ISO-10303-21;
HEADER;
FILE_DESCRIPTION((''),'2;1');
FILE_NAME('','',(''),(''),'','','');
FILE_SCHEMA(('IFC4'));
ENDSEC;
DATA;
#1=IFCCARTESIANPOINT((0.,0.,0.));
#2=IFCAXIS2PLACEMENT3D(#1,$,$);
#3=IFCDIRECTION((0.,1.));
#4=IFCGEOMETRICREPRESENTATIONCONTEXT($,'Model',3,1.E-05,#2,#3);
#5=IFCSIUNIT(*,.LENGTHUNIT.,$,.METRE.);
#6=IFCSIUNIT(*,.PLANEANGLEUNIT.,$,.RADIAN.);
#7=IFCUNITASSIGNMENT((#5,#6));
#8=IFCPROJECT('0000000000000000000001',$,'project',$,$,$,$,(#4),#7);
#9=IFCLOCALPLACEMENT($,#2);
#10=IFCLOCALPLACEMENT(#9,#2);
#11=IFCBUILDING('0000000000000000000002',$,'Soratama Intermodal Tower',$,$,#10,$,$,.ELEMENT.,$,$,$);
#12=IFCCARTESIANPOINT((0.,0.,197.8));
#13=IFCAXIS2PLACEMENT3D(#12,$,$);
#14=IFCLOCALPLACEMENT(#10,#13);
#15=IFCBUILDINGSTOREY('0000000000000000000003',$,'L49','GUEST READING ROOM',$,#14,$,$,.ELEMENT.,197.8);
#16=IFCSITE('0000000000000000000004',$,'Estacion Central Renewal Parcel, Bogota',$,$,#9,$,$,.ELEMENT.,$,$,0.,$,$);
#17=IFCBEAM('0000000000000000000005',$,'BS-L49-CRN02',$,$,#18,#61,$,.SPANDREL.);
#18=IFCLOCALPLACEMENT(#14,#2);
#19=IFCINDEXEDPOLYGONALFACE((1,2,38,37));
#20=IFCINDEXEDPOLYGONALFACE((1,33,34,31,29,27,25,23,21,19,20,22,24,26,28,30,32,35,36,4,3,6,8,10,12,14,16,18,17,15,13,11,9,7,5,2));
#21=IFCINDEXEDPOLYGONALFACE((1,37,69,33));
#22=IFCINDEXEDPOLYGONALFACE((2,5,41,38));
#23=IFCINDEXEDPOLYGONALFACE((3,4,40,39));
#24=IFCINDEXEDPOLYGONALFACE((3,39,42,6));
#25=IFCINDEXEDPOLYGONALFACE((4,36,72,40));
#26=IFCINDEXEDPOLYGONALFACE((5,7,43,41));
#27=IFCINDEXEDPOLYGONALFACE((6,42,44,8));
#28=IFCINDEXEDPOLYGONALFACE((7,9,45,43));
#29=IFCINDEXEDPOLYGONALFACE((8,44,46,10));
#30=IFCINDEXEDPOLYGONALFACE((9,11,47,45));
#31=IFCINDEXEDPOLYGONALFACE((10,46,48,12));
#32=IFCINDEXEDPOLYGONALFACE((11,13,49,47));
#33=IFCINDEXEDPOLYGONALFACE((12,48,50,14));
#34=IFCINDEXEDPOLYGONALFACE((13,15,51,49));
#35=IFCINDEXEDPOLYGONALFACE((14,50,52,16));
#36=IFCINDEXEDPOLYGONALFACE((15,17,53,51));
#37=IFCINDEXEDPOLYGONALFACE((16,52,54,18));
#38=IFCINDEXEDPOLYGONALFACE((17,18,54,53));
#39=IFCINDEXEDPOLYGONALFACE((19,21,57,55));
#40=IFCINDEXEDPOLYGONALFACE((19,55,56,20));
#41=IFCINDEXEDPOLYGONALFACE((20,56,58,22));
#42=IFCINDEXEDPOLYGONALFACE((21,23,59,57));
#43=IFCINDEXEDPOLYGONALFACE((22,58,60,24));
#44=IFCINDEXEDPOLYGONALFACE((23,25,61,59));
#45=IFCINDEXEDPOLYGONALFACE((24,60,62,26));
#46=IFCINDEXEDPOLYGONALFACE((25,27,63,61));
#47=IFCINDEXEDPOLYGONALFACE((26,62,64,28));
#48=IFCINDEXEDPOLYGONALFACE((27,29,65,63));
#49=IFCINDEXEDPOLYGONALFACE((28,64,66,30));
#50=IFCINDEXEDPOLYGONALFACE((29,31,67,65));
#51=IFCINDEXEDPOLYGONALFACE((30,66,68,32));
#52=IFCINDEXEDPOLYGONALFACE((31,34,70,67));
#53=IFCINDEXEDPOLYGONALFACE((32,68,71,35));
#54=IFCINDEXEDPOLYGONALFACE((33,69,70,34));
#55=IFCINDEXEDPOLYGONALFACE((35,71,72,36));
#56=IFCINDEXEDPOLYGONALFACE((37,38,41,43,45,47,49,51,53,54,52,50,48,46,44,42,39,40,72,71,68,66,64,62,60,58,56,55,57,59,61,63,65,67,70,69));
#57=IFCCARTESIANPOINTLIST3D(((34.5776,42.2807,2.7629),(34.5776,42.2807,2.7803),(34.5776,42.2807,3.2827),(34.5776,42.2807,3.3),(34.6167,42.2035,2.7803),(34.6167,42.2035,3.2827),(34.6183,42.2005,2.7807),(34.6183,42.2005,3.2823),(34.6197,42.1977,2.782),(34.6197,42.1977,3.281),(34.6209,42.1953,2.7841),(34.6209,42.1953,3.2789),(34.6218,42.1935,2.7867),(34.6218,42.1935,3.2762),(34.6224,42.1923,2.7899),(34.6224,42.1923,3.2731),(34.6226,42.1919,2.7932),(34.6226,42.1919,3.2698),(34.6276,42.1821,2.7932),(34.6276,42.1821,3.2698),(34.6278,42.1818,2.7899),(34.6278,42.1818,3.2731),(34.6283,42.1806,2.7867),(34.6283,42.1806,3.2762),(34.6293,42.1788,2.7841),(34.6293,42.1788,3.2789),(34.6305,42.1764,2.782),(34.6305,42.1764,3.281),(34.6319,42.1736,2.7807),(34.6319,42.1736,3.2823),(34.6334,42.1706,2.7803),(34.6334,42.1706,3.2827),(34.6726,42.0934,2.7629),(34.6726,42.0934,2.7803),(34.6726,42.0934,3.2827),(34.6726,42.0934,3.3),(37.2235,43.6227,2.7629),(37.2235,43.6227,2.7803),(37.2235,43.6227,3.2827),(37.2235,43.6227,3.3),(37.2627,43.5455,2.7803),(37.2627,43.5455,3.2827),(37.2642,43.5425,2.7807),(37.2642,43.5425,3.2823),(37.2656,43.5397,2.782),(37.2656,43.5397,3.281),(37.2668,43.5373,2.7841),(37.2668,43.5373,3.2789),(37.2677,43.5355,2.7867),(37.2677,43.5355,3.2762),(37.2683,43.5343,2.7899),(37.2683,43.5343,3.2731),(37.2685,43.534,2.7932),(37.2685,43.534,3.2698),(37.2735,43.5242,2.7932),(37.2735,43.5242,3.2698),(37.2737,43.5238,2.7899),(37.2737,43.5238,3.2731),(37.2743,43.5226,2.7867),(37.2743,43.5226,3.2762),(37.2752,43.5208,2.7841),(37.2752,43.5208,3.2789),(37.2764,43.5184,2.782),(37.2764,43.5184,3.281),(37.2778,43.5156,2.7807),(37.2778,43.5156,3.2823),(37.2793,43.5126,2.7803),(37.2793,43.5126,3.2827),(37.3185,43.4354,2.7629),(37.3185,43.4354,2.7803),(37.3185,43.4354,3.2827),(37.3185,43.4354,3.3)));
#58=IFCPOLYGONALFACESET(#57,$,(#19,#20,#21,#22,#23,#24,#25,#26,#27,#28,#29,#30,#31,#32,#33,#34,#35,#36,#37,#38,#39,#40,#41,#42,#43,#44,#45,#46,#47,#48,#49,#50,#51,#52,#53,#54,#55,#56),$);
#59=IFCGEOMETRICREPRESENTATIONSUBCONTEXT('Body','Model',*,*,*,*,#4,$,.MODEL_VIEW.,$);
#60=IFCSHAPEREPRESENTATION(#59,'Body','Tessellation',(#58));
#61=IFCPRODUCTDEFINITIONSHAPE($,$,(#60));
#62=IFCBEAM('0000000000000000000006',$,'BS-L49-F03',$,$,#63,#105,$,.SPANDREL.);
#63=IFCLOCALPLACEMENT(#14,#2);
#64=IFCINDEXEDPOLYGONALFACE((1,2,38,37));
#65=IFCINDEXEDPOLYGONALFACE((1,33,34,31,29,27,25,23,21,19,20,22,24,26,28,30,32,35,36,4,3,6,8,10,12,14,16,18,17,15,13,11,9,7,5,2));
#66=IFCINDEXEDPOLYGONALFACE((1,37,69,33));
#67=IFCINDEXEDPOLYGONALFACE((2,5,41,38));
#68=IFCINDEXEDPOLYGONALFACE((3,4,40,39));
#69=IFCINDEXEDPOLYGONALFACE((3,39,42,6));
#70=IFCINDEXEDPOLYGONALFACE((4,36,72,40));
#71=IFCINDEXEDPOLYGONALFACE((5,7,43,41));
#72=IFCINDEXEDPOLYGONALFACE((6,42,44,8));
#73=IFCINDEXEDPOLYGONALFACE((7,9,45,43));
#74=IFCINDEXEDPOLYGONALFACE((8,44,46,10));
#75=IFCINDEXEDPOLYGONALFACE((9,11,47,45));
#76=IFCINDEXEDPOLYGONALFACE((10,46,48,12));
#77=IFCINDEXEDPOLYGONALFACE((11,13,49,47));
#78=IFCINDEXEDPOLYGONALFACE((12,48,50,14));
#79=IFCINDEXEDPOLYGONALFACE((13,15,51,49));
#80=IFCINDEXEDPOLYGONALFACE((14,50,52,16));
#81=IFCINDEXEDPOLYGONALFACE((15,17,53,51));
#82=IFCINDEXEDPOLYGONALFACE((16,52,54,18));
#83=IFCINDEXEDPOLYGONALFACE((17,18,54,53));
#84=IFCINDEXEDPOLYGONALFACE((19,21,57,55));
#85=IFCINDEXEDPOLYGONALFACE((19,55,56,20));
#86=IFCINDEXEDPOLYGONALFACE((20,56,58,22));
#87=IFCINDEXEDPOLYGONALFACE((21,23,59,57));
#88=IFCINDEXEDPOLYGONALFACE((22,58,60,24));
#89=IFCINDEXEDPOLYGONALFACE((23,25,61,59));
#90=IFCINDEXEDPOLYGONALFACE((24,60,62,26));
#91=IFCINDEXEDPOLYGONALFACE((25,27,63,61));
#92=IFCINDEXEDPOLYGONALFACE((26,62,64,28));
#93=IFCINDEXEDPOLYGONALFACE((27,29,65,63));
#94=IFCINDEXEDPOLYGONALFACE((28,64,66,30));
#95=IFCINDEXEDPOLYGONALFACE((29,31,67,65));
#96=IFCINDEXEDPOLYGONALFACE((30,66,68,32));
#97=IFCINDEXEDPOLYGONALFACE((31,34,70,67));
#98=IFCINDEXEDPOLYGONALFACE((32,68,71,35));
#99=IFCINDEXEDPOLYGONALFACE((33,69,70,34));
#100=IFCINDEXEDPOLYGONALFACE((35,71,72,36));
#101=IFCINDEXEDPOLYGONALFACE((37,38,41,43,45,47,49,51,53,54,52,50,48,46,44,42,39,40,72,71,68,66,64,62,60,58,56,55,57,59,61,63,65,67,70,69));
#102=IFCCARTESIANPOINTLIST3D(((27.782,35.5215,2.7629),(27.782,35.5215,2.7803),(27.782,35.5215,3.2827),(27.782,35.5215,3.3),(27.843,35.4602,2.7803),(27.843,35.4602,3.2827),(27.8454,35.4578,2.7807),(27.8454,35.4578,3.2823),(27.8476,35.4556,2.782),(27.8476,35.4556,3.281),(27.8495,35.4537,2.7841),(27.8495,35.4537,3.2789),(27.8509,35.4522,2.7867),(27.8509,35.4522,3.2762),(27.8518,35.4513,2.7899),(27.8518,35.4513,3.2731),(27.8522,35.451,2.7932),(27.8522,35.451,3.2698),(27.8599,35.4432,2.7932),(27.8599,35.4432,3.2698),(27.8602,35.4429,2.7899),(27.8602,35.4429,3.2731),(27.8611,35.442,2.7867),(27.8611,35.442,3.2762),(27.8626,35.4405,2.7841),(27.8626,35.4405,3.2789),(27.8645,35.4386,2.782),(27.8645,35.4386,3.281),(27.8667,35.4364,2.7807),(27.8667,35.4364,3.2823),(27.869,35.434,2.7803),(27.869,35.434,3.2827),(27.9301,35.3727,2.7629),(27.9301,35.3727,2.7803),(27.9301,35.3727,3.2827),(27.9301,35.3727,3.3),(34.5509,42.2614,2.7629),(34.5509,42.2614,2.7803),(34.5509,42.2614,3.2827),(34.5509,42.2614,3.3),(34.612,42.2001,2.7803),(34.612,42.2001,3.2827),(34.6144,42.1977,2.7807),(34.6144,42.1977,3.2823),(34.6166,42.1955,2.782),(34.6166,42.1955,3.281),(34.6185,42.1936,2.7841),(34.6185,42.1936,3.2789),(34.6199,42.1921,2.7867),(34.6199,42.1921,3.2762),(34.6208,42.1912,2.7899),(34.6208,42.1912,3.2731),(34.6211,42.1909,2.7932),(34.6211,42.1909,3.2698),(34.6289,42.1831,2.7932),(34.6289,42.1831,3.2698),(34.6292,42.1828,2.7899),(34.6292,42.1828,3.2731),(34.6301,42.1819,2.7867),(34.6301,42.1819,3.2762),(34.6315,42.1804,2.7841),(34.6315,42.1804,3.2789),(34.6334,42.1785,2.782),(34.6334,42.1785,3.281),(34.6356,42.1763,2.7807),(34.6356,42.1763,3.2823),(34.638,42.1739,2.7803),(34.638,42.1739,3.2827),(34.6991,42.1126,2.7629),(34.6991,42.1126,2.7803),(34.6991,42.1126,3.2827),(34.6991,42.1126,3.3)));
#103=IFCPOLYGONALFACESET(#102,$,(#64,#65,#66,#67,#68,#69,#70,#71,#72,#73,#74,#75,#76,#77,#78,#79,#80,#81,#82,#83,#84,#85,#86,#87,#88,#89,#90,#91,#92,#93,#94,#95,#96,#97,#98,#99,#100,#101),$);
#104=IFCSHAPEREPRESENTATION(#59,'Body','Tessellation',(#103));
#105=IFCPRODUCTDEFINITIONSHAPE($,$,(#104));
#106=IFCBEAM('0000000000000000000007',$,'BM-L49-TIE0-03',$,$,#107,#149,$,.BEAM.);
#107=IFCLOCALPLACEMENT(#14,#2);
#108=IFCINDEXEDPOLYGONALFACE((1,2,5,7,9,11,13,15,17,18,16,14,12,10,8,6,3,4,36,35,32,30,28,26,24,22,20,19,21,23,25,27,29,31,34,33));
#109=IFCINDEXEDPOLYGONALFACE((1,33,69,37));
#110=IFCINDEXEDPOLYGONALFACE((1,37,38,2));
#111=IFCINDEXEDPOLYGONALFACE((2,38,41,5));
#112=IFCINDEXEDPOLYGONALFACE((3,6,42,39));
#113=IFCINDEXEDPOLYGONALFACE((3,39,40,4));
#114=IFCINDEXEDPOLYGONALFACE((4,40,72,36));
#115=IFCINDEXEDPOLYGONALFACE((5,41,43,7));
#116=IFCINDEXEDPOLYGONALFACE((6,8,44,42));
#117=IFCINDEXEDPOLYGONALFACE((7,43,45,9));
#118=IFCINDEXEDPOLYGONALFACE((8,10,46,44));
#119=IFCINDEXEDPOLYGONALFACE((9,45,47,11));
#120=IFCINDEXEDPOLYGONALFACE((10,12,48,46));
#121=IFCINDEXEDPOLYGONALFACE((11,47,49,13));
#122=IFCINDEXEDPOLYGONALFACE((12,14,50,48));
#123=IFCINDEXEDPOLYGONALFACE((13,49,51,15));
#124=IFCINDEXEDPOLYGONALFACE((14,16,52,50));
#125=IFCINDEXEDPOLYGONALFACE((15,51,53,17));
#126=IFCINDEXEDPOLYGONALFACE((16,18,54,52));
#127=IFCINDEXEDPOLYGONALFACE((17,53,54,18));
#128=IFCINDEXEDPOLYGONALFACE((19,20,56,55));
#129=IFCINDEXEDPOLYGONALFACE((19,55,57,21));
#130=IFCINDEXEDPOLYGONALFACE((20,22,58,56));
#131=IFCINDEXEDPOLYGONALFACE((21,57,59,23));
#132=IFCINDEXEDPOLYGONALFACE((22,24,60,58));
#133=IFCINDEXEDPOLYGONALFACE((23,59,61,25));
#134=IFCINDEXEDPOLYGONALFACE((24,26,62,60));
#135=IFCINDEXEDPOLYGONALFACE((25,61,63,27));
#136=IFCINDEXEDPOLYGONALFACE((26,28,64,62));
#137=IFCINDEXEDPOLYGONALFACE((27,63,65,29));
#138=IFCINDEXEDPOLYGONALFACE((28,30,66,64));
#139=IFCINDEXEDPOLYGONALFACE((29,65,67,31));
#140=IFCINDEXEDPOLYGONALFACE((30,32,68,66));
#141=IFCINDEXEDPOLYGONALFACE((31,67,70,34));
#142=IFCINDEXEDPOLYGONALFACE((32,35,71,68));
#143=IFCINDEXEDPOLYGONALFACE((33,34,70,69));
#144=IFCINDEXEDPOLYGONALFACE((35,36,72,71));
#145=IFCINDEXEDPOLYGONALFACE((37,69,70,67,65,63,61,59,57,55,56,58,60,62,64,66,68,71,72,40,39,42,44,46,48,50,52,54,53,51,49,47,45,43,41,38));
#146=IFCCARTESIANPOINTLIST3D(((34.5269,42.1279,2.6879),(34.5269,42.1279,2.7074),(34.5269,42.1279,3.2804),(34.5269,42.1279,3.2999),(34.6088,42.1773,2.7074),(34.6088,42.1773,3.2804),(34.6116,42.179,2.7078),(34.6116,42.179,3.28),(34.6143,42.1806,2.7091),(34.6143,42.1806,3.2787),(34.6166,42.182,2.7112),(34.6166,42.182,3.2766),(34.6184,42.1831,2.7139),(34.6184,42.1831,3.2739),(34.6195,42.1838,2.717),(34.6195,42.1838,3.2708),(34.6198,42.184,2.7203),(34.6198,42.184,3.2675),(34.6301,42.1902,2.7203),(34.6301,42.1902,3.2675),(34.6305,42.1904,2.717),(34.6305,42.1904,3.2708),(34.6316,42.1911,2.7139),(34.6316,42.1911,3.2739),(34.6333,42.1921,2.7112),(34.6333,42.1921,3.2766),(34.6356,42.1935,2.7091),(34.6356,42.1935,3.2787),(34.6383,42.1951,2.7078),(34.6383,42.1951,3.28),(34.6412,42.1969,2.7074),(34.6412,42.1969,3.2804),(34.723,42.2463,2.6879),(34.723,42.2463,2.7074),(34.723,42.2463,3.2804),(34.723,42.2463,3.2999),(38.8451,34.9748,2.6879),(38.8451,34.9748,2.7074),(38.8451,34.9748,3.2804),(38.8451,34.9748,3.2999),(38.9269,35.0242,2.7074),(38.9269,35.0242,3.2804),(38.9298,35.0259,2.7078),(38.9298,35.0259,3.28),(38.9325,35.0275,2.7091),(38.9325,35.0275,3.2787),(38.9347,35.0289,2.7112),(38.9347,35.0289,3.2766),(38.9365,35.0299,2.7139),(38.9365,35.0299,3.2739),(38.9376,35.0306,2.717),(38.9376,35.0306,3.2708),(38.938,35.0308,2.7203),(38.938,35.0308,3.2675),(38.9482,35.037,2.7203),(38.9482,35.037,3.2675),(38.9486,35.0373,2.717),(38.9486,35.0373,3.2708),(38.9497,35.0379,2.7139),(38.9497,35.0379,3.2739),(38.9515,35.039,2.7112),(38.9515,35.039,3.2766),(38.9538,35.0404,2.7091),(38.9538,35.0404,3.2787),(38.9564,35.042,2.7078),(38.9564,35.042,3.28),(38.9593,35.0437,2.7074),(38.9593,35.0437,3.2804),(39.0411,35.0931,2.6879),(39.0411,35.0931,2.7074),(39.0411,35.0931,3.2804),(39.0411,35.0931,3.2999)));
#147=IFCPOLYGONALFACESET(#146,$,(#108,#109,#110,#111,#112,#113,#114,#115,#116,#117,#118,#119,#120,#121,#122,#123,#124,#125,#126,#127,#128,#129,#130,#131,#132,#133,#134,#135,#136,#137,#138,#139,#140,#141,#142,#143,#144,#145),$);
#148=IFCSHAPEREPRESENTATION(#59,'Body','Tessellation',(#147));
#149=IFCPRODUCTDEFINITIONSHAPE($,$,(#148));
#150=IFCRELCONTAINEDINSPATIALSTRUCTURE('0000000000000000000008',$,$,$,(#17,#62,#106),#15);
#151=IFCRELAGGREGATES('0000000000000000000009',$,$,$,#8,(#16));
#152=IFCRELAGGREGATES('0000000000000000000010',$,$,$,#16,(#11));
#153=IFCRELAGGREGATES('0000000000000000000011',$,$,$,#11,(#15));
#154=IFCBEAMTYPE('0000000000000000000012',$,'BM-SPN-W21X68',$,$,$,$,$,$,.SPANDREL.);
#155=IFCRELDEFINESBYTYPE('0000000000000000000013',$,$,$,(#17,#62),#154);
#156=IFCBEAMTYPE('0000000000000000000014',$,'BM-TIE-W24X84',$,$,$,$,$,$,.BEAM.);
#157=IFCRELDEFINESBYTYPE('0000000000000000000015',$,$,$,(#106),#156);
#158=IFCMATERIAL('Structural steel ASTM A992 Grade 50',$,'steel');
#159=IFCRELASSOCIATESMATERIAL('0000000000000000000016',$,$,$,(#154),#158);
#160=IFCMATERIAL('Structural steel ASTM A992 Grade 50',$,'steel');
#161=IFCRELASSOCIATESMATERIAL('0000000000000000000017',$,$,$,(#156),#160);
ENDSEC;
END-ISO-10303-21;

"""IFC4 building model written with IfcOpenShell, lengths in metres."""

from ifc_helpers import new_model, si_unit, direction, frame, origin, origin_2d, place, context, subcontext, project, spatial, i_section, extrude, material, material_profile, profile_set, type_object, element, save


model = new_model("IFC4")

# Units and contexts
model_context = context("Model", 3, precision=1e-05, world=origin(), true_north=direction((0.0, 1.0)))
body_context = subcontext(model_context, "Body", "Model", "MODEL_VIEW")
ifc_project = project(units=[si_unit("LENGTHUNIT", "METRE"), si_unit("PLANEANGLEUNIT", "RADIAN")], contexts=[model_context])

# Site, building, storey
site_placement = place(None, origin())
site = spatial("IfcSite", under=ifc_project, at=site_placement, Name="Estacion Central Renewal Parcel, Bogota", CompositionType="ELEMENT", RefElevation=0.0)
building_placement = place(site_placement, origin())
building = spatial("IfcBuilding", under=site, at=building_placement, Name="Soratama Intermodal Tower", CompositionType="ELEMENT")
storey_placement = place(building_placement, frame((0.0, 0.0, 197.8)))
storey = spatial("IfcBuildingStorey", under=building, at=storey_placement, Name="L49", Description="GUEST READING ROOM", CompositionType="ELEMENT", Elevation=197.8)

# Beams
ifc_material_1 = material(Name="Structural steel ASTM A992 Grade 50", Category="steel")
ifc_material_profile_1 = material_profile(ifc_material_1, i_section(OverallWidth=0.21, OverallDepth=0.5371, WebThickness=0.011, FlangeThickness=0.0173, FilletRadius=0.0129, at=origin_2d()), Name="W21X68")
ifc_profile_set_1 = profile_set([ifc_material_profile_1], Name="Structural steel ASTM A992 Grade 50")
beam_type_1 = type_object("IfcBeamType", Name="BM-SPN-W21X68", PredefinedType="SPANDREL", material=ifc_profile_set_1)
beam_1_placement = place(storey_placement, frame((37.271, 43.5291, 3.0315), z_axis=(-0.891845, -0.452341, 0.0), x_axis=(0.452341, -0.891845, 0.0)))
element("IfcBeam", 1, at=beam_1_placement, inside=storey, type_object=beam_type_1, Name="BS-L49-CRN02", PredefinedType="SPANDREL", context=body_context, shape_type="SweptSolid", body=[
    extrude(i_section(OverallWidth=0.21, OverallDepth=0.5371, WebThickness=0.011, FlangeThickness=0.0173, FilletRadius=0.0129, at=origin_2d()), origin(), (0.0, 0.0, 1.0), 2.9668),
])
beam_2_placement = place(storey_placement, frame((34.625, 42.187, 3.0315), z_axis=(-0.708626, -0.705584, 0.0), x_axis=(0.705584, -0.708626, 0.0)))
element("IfcBeam", 2, at=beam_2_placement, inside=storey, type_object=beam_type_1, Name="BS-L49-F03", PredefinedType="SPANDREL", context=body_context, shape_type="SweptSolid", body=[
    extrude(i_section(OverallWidth=0.21, OverallDepth=0.5371, WebThickness=0.011, FlangeThickness=0.0173, FilletRadius=0.0129, at=origin_2d()), origin(), (0.0, 0.0, 1.0), 9.5522),
])
ifc_material_2 = material(Name="Structural steel ASTM A992 Grade 50", Category="steel")
ifc_material_profile_2 = material_profile(ifc_material_2, i_section(OverallWidth=0.229, OverallDepth=0.6121, WebThickness=0.012, FlangeThickness=0.0195, FilletRadius=0.0129, at=origin_2d()), Name="W24X84")
ifc_profile_set_2 = profile_set([ifc_material_profile_2], Name="Structural steel ASTM A992 Grade 50")
beam_type_2 = type_object("IfcBeamType", Name="BM-TIE-W24X84", PredefinedType="BEAM", material=ifc_profile_set_2)
beam_3_placement = place(storey_placement, frame((38.9431, 35.0339, 2.9939), z_axis=(-0.516806, 0.856103, 0.0), x_axis=(-0.856103, -0.516806, 0.0)))
element("IfcBeam", 3, at=beam_3_placement, inside=storey, type_object=beam_type_2, Name="BM-L49-TIE0-03", PredefinedType="BEAM", context=body_context, shape_type="SweptSolid", body=[
    extrude(i_section(OverallWidth=0.229, OverallDepth=0.6121, WebThickness=0.012, FlangeThickness=0.0195, FilletRadius=0.0129, at=origin_2d()), origin(), (0.0, 0.0, 1.0), 8.3555),
])

save(model, "model.ifc")
